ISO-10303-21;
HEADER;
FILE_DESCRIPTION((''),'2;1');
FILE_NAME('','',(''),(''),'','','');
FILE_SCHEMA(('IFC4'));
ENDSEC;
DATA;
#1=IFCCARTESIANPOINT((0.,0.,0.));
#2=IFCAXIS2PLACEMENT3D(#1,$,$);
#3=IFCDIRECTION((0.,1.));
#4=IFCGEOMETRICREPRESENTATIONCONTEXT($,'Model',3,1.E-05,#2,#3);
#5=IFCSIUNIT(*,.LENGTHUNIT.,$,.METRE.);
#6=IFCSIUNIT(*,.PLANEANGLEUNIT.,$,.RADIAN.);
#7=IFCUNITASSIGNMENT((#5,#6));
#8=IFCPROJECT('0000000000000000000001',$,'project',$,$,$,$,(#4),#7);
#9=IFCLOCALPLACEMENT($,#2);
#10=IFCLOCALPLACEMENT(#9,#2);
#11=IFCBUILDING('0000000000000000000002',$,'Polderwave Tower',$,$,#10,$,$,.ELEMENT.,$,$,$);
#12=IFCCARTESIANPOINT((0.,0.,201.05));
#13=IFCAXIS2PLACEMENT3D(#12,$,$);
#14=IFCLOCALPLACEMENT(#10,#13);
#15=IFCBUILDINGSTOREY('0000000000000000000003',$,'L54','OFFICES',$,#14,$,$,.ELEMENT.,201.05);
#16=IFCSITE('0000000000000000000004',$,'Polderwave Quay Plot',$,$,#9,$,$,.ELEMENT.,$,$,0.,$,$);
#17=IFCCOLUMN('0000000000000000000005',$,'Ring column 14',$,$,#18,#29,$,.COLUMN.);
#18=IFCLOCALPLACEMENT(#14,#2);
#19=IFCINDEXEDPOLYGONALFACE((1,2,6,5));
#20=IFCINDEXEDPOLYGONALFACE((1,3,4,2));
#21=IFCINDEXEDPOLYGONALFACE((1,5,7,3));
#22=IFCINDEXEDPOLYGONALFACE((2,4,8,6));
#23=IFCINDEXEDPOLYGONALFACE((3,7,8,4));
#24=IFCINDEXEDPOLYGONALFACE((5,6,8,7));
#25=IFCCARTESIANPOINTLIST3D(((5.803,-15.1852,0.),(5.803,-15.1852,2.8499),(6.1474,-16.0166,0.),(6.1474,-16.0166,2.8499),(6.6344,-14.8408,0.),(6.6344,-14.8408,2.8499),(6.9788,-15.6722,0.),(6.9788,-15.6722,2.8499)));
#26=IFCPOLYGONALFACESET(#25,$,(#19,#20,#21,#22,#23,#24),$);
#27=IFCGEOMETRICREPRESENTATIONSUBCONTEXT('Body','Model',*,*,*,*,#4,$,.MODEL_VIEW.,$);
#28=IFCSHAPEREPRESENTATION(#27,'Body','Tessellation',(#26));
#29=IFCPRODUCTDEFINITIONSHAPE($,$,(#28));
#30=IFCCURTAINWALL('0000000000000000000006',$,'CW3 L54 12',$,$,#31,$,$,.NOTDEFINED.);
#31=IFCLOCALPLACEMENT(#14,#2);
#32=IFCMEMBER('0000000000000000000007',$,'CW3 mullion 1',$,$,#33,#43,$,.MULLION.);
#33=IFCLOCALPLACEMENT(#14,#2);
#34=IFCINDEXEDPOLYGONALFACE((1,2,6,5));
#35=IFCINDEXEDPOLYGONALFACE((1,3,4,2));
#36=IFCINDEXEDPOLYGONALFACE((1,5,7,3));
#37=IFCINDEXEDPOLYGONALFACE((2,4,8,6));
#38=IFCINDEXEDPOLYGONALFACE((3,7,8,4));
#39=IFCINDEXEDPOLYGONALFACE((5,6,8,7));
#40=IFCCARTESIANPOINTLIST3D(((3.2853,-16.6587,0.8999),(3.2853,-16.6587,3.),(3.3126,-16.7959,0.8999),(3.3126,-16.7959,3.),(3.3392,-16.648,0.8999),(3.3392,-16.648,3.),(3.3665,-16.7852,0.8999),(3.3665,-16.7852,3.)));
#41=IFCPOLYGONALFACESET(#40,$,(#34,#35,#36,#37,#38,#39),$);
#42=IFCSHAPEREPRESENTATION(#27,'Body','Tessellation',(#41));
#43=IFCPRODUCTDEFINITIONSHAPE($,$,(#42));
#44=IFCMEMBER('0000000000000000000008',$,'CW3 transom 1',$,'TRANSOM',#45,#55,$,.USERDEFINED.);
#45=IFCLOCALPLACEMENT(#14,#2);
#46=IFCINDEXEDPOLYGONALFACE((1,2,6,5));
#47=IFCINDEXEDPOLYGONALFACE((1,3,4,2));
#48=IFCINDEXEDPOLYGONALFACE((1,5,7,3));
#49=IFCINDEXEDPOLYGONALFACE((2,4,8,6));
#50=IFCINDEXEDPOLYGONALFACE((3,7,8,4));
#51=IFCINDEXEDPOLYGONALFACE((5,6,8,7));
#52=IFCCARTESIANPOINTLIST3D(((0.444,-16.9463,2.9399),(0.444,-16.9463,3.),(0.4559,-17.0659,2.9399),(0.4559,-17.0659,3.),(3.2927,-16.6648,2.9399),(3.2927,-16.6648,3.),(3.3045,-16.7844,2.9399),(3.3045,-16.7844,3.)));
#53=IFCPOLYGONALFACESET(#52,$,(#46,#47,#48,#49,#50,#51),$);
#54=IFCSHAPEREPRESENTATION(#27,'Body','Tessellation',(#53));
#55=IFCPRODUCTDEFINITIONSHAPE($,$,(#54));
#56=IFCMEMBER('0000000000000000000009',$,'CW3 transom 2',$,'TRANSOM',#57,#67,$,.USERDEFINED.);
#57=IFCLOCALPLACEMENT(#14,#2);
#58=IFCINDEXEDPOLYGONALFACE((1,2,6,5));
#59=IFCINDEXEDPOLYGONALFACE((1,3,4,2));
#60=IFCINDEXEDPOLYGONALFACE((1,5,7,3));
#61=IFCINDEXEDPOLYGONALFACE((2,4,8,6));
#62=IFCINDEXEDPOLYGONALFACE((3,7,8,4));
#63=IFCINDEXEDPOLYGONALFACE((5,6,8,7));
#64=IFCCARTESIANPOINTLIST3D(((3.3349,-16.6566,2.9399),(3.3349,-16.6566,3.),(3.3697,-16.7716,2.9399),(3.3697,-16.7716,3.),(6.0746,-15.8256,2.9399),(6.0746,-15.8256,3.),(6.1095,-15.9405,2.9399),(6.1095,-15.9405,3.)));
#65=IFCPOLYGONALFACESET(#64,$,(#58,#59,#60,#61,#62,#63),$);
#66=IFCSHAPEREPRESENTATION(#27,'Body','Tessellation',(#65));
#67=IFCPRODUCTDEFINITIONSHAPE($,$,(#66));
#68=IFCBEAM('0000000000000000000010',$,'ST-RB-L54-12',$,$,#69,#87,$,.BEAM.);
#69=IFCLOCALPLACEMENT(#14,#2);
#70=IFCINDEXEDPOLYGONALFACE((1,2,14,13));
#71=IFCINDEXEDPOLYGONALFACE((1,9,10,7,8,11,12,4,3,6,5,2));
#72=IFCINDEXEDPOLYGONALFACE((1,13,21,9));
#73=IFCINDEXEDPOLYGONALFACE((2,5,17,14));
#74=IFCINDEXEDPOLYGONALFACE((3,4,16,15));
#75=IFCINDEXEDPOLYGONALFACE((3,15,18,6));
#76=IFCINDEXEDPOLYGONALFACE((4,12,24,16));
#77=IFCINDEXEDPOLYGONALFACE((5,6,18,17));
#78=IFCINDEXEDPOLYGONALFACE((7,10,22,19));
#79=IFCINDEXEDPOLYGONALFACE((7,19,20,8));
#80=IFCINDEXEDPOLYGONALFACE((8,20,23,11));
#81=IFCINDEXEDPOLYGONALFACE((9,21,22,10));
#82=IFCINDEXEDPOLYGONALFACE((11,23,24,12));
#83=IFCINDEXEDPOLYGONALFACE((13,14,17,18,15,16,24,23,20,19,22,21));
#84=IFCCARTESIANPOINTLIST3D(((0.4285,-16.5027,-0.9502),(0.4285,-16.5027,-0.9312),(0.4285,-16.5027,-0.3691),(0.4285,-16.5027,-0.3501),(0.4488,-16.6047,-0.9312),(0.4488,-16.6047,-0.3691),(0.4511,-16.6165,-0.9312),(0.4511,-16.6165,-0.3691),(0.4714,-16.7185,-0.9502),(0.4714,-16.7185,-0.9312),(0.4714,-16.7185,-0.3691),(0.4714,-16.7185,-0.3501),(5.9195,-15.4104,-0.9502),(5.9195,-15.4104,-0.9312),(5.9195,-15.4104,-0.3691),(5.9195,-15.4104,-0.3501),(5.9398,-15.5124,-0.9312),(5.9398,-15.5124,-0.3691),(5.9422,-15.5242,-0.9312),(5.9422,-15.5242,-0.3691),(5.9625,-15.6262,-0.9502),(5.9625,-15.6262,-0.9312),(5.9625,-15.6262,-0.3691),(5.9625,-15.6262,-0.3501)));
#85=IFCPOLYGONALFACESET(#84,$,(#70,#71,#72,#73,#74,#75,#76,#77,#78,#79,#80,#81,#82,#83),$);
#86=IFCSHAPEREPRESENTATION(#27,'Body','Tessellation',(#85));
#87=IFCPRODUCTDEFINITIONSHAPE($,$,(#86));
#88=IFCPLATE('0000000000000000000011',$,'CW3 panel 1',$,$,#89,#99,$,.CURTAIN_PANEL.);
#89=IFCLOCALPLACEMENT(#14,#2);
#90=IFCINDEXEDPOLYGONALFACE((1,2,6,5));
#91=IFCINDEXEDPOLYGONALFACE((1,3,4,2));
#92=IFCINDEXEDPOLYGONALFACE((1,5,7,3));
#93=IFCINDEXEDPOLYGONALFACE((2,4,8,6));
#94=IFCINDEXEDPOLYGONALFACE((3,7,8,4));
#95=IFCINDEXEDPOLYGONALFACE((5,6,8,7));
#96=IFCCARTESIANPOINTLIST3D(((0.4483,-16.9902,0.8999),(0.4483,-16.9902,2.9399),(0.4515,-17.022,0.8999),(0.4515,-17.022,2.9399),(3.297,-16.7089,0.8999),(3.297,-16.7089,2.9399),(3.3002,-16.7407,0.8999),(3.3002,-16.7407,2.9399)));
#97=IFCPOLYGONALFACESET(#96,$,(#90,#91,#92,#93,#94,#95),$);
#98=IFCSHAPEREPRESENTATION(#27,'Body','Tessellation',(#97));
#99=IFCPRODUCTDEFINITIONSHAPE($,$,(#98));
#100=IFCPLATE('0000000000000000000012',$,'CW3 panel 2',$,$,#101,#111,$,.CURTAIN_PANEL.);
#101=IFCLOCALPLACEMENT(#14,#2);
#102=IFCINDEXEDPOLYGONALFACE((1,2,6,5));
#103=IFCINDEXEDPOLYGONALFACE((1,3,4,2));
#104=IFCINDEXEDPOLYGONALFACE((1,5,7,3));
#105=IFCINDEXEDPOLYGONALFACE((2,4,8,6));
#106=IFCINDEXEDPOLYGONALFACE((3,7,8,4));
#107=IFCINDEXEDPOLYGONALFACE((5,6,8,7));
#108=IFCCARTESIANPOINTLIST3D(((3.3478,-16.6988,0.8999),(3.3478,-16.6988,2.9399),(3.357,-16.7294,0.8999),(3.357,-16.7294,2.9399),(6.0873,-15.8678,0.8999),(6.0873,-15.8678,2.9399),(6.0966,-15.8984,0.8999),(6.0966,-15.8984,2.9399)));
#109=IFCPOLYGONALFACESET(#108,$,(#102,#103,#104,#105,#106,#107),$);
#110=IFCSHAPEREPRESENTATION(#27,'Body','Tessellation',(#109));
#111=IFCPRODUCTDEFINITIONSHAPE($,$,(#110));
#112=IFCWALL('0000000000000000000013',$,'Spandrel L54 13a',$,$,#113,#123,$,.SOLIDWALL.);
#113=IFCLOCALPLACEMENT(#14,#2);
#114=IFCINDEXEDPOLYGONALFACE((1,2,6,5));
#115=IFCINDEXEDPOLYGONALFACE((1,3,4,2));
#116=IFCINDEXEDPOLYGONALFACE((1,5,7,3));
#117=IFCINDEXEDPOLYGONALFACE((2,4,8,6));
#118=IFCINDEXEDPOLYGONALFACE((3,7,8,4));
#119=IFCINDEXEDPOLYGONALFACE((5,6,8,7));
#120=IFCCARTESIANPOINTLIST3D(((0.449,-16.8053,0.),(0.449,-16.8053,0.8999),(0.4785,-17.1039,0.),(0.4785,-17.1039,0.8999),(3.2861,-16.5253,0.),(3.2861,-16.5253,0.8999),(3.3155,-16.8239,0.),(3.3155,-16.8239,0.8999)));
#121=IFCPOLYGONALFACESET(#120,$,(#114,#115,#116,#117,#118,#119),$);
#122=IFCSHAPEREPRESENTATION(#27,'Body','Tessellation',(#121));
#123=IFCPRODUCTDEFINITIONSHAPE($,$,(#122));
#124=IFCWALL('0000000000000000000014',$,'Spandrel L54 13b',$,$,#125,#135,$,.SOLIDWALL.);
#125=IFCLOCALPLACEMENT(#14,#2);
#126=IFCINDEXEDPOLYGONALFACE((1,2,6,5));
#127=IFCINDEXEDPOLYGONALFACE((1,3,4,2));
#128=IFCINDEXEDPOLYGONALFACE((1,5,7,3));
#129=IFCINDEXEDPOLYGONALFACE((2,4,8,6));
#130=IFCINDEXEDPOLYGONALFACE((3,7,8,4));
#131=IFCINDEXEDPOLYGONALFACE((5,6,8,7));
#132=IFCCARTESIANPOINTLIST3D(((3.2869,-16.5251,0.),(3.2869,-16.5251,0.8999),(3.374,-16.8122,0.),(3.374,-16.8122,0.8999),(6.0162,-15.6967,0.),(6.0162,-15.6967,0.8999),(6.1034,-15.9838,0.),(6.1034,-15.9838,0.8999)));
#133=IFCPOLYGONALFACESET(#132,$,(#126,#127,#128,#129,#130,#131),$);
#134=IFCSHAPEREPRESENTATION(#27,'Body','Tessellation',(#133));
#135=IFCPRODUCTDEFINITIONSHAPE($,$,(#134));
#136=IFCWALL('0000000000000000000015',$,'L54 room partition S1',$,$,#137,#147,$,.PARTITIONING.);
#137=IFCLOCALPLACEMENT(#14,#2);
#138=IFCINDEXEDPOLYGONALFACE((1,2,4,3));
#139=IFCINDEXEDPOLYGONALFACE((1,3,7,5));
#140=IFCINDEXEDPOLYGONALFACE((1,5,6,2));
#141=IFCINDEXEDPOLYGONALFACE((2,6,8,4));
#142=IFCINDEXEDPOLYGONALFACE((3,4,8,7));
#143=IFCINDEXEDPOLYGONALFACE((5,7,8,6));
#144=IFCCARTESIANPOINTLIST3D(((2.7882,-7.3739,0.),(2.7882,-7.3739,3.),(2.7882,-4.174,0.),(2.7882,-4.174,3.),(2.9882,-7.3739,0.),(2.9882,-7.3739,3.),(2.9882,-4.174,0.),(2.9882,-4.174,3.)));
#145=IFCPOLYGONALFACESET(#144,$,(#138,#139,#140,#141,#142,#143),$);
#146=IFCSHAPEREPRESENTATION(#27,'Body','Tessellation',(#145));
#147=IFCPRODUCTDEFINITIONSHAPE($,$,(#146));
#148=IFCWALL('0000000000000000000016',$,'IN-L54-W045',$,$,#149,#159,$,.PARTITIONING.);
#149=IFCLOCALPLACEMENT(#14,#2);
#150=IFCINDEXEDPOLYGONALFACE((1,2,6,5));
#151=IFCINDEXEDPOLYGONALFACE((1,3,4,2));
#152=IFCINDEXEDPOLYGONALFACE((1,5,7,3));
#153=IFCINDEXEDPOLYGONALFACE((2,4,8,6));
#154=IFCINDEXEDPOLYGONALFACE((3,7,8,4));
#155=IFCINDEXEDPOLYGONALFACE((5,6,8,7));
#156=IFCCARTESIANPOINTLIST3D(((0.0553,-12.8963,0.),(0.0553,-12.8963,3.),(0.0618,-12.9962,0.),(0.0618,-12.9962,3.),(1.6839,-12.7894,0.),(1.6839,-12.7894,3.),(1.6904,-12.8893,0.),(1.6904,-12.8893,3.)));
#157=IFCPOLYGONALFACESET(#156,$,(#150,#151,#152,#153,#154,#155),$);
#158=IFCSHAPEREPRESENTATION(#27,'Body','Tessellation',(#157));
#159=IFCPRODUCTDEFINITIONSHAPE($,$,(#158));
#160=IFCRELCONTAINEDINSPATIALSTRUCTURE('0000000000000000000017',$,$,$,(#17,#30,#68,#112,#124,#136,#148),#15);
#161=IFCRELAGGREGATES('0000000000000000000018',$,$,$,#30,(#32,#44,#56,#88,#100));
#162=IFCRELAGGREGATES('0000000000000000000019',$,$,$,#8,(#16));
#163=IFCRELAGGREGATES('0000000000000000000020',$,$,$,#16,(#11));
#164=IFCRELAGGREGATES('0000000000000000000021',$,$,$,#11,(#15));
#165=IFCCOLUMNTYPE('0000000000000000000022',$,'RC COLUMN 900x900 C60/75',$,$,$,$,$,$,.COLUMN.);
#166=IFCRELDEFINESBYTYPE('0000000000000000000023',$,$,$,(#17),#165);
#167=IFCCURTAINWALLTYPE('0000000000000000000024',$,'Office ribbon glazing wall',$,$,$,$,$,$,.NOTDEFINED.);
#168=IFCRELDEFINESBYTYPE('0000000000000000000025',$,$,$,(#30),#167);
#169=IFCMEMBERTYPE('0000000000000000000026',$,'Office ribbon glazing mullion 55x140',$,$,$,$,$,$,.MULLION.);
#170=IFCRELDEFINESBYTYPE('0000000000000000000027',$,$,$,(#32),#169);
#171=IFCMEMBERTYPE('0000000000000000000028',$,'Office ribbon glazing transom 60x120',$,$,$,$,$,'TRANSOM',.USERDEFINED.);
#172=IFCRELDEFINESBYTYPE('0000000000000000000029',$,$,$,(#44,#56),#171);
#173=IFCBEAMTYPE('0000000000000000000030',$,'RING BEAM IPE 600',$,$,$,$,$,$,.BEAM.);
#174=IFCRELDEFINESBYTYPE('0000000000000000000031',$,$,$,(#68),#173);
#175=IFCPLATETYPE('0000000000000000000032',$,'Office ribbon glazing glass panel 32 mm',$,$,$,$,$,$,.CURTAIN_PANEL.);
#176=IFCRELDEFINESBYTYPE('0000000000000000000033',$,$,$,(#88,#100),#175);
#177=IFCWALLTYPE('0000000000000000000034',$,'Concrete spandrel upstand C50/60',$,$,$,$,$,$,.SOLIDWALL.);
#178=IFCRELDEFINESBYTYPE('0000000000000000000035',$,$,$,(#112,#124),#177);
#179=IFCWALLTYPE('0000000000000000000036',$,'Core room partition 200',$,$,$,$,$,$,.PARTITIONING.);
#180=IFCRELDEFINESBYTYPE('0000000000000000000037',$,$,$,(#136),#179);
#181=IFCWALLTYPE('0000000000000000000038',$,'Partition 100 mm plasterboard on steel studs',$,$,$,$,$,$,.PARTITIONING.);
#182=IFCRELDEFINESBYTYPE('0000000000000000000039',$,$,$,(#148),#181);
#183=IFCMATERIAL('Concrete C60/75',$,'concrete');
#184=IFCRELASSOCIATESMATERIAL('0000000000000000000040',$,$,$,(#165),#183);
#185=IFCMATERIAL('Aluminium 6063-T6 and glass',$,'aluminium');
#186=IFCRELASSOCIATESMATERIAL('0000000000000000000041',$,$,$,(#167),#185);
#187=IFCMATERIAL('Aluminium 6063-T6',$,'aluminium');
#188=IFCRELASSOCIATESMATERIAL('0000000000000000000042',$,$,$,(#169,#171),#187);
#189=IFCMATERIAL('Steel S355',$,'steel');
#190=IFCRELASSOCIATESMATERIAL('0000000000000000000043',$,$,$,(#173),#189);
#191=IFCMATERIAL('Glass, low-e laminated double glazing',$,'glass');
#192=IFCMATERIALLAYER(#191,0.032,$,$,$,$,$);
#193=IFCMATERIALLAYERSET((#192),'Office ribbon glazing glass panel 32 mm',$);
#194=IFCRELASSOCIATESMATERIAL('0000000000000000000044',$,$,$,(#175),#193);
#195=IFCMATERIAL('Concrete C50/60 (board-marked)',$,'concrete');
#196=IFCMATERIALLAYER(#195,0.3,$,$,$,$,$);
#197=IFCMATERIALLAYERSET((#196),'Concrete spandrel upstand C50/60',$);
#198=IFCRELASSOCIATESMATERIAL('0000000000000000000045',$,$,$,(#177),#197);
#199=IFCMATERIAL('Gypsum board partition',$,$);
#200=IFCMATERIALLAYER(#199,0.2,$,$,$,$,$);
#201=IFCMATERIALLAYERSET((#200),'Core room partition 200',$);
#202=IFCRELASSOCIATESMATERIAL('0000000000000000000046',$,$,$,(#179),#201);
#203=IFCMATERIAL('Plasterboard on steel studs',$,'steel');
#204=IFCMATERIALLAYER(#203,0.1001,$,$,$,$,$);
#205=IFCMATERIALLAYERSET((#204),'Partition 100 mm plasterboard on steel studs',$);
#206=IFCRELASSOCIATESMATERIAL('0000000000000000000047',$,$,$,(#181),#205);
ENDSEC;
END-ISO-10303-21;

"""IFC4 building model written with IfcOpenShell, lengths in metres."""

from ifc_helpers import new_model, si_unit, direction, frame, frame_2d, origin, origin_2d, place, context, subcontext, project, spatial, rectangle, i_section, extrude, material, layer, layer_set, material_profile, profile_set, type_object, element, aggregate, save


model = new_model("IFC4")

# Units and contexts
model_context = context("Model", 3, precision=1e-05, world=origin(), true_north=direction((0.0, 1.0)))
body_context = subcontext(model_context, "Body", "Model", "MODEL_VIEW")
ifc_project = project(units=[si_unit("LENGTHUNIT", "METRE"), si_unit("PLANEANGLEUNIT", "RADIAN")], contexts=[model_context])

# Site, building, storey
site_placement = place(None, origin())
site = spatial("IfcSite", under=ifc_project, at=site_placement, Name="Polderwave Quay Plot", CompositionType="ELEMENT", RefElevation=0.0)
building_placement = place(site_placement, origin())
building = spatial("IfcBuilding", under=site, at=building_placement, Name="Polderwave Tower", CompositionType="ELEMENT")
storey_placement = place(building_placement, frame((0.0, 0.0, 201.05)))
storey = spatial("IfcBuildingStorey", under=building, at=storey_placement, Name="L54", Description="OFFICES", CompositionType="ELEMENT", Elevation=201.05)

# Column
ifc_material_1 = material(Name="Concrete C60/75", Category="concrete")
ifc_material_profile_1 = material_profile(ifc_material_1, rectangle(XDim=0.8999, YDim=0.8999, at=origin_2d()), Name="RC 900x900")
ifc_profile_set_1 = profile_set([ifc_material_profile_1], Name="Concrete C60/75")
column_type = type_object("IfcColumnType", Name="RC COLUMN 900x900 C60/75", PredefinedType="COLUMN", material=ifc_profile_set_1)
column_placement = place(storey_placement, frame((6.3909, -15.4287, 0.0), z_axis=(0.0, 0.0, 1.0), x_axis=(0.382683, -0.92388, 0.0)))
element("IfcColumn", 1, at=column_placement, inside=storey, type_object=column_type, Name="Ring column 14", PredefinedType="COLUMN", context=body_context, shape_type="SweptSolid", body=[
    extrude(rectangle(XDim=0.8999, YDim=0.8999, at=origin_2d()), origin(), (0.0, 0.0, 1.0), 2.8499),
])

# Curtain wall, members
ifc_material_2 = material(Name="Aluminium 6063-T6 and glass", Category="aluminium")
curtain_wall_type = type_object("IfcCurtainWallType", Name="Office ribbon glazing wall", PredefinedType="NOTDEFINED", material=ifc_material_2)
curtain_wall_placement = place(storey_placement, origin())
curtain_wall = element("IfcCurtainWall", 2, at=curtain_wall_placement, inside=storey, type_object=curtain_wall_type, Name="CW3 L54 12", PredefinedType="NOTDEFINED")
ifc_material_3 = material(Name="Aluminium 6063-T6", Category="aluminium")
ifc_material_profile_2 = material_profile(ifc_material_3, rectangle(XDim=0.1399, YDim=0.0549, at=origin_2d()), Name="AL 55x140")
ifc_profile_set_2 = profile_set([ifc_material_profile_2], Name="Aluminium 6063-T6")
member_type_1 = type_object("IfcMemberType", Name="Office ribbon glazing mullion 55x140", PredefinedType="MULLION", material=ifc_profile_set_2)
member_1_placement = place(storey_placement, frame((3.3259, -16.7219, 0.8999), z_axis=(0.0, 0.0, 1.0), x_axis=(-0.195205, 0.980762, 0.0)))
member_1 = element("IfcMember", 3, at=member_1_placement, type_object=member_type_1, Name="CW3 mullion 1", PredefinedType="MULLION", context=body_context, shape_type="SweptSolid", body=[
    extrude(rectangle(XDim=0.1399, YDim=0.0549, at=origin_2d()), origin(), (0.0, 0.0, 1.0), 2.1001),
])
ifc_material_profile_3 = material_profile(ifc_material_3, rectangle(XDim=0.1201, YDim=0.0601, at=origin_2d()), Name="AL 60x120")
ifc_profile_set_3 = profile_set([ifc_material_profile_3], Name="Aluminium 6063-T6")
member_type_2 = type_object("IfcMemberType", Name="Office ribbon glazing transom 60x120", ElementType="TRANSOM", PredefinedType="USERDEFINED", material=ifc_profile_set_3)
member_2_placement = place(storey_placement, frame((0.45, -17.0061, 2.97), z_axis=(0.995153, 0.098338, 0.0), x_axis=(-0.098338, 0.995153, 0.0)))
member_2 = element("IfcMember", 4, at=member_2_placement, type_object=member_type_2, Name="CW3 transom 1", ObjectType="TRANSOM", PredefinedType="USERDEFINED", context=body_context, shape_type="SweptSolid", body=[
    extrude(rectangle(XDim=0.1201, YDim=0.0601, at=origin_2d()), origin(), (0.0, 0.0, 1.0), 2.8625),
])
member_3_placement = place(storey_placement, frame((3.3523, -16.7141, 2.97), z_axis=(0.956944, 0.290272, 0.0), x_axis=(-0.290272, 0.956944, 0.0)))
member_3 = element("IfcMember", 5, at=member_3_placement, type_object=member_type_2, Name="CW3 transom 2", ObjectType="TRANSOM", PredefinedType="USERDEFINED", context=body_context, shape_type="SweptSolid", body=[
    extrude(rectangle(XDim=0.1201, YDim=0.0601, at=origin_2d()), origin(), (0.0, 0.0, 1.0), 2.863),
])

# Beam
ifc_material_4 = material(Name="Steel S355", Category="steel")
ifc_material_profile_4 = material_profile(ifc_material_4, i_section(OverallWidth=0.22, OverallDepth=0.6001, WebThickness=0.012, FlangeThickness=0.019, at=origin_2d()), Name="IPE 600")
ifc_profile_set_4 = profile_set([ifc_material_profile_4], Name="Steel S355")
beam_type = type_object("IfcBeamType", Name="RING BEAM IPE 600", PredefinedType="BEAM", material=ifc_profile_set_4)
beam_placement = place(storey_placement, frame((0.45, -16.6106, -0.6501), z_axis=(0.980783, 0.195101, 0.0), x_axis=(-0.195101, 0.980783, 0.0)))
element("IfcBeam", 6, at=beam_placement, inside=storey, type_object=beam_type, Name="ST-RB-L54-12", PredefinedType="BEAM", context=body_context, shape_type="SweptSolid", body=[
    extrude(i_section(OverallWidth=0.22, OverallDepth=0.6001, WebThickness=0.012, FlangeThickness=0.019, at=origin_2d()), origin(), (0.0, 0.0, 1.0), 5.5986),
])

# Plates
ifc_material_5 = material(Name="Glass, low-e laminated double glazing", Category="glass")
ifc_layer_1 = layer(ifc_material_5, 0.032)
ifc_layer_set_1 = layer_set([ifc_layer_1], Name="Office ribbon glazing glass panel 32 mm")
plate_type = type_object("IfcPlateType", Name="Office ribbon glazing glass panel 32 mm", PredefinedType="CURTAIN_PANEL", material=ifc_layer_set_1)
plate_1_placement = place(storey_placement, frame((1.8743, -16.8655, 0.8999), z_axis=(0.0, 0.0, 1.0), x_axis=(0.99516, 0.098271, 0.0)))
plate_1 = element("IfcPlate", 7, at=plate_1_placement, type_object=plate_type, Name="CW3 panel 1", PredefinedType="CURTAIN_PANEL", context=body_context, shape_type="SweptSolid", body=[
    extrude(rectangle(XDim=2.8625, YDim=0.032, at=origin_2d()), origin(), (0.0, 0.0, 1.0), 2.04),
])
plate_2_placement = place(storey_placement, frame((4.7222, -16.2986, 0.8999), z_axis=(0.0, 0.0, 1.0), x_axis=(0.956946, 0.290266, 0.0)))
plate_2 = element("IfcPlate", 8, at=plate_2_placement, type_object=plate_type, Name="CW3 panel 2", PredefinedType="CURTAIN_PANEL", context=body_context, shape_type="SweptSolid", body=[
    extrude(rectangle(XDim=2.8628, YDim=0.032, at=origin_2d()), origin(), (0.0, 0.0, 1.0), 2.04),
])
aggregate(curtain_wall, [member_1, member_2, member_3, plate_1, plate_2])

# Walls
ifc_material_6 = material(Name="Concrete C50/60 (board-marked)", Category="concrete")
ifc_layer_2 = layer(ifc_material_6, 0.3)
ifc_layer_set_2 = layer_set([ifc_layer_2], Name="Concrete spandrel upstand C50/60")
wall_type_1 = type_object("IfcWallType", Name="Concrete spandrel upstand C50/60", PredefinedType="SOLIDWALL", material=ifc_layer_set_2)
wall_1_placement = place(storey_placement, frame((0.4639, -16.9546, 0.0), z_axis=(0.0, 0.0, 1.0), x_axis=(0.995164, 0.098223, 0.0)))
element("IfcWall", 9, at=wall_1_placement, inside=storey, type_object=wall_type_1, Name="Spandrel L54 13a", PredefinedType="SOLIDWALL", context=body_context, shape_type="SweptSolid", body=[
    extrude(rectangle(XDim=2.8508, YDim=0.3, at=frame_2d((1.4253, 0.0))), origin(), (0.0, 0.0, 1.0), 0.8999),
])
wall_2_placement = place(storey_placement, frame((3.3303, -16.6687, 0.0), z_axis=(0.0, 0.0, 1.0), x_axis=(0.956895, 0.290433, 0.0)))
element("IfcWall", 10, at=wall_2_placement, inside=storey, type_object=wall_type_1, Name="Spandrel L54 13b", PredefinedType="SOLIDWALL", context=body_context, shape_type="SweptSolid", body=[
    extrude(rectangle(XDim=2.8523, YDim=0.3, at=frame_2d((1.4263, 0.0))), origin(), (0.0, 0.0, 1.0), 0.8999),
])
ifc_material_7 = material(Name="Gypsum board partition")
ifc_layer_3 = layer(ifc_material_7, 0.2)
ifc_layer_set_3 = layer_set([ifc_layer_3], Name="Core room partition 200")
wall_type_2 = type_object("IfcWallType", Name="Core room partition 200", PredefinedType="PARTITIONING", material=ifc_layer_set_3)
wall_3_placement = place(storey_placement, frame((2.8882, -7.374, 0.0), z_axis=(0.0, 0.0, 1.0), x_axis=(0.0, 1.0, 0.0)))
element("IfcWall", 11, at=wall_3_placement, inside=storey, type_object=wall_type_2, Name="L54 room partition S1", PredefinedType="PARTITIONING", context=body_context, shape_type="SweptSolid", body=[
    extrude(rectangle(XDim=3.2, YDim=0.2, at=frame_2d((1.6001, 0.0))), origin(), (0.0, 0.0, 1.0), 3.0),
])
ifc_material_8 = material(Name="Plasterboard on steel studs", Category="steel")
ifc_layer_4 = layer(ifc_material_8, 0.1001)
ifc_layer_set_4 = layer_set([ifc_layer_4], Name="Partition 100 mm plasterboard on steel studs")
wall_type_3 = type_object("IfcWallType", Name="Partition 100 mm plasterboard on steel studs", PredefinedType="PARTITIONING", material=ifc_layer_set_4)
wall_4_placement = place(storey_placement, frame((1.687, -12.8394, 0.0), z_axis=(0.0, 0.0, 1.0), x_axis=(-0.997852, -0.065516, 0.0)))
element("IfcWall", 12, at=wall_4_placement, inside=storey, type_object=wall_type_3, Name="IN-L54-W045", PredefinedType="PARTITIONING", context=body_context, shape_type="SweptSolid", body=[
    extrude(rectangle(XDim=1.6321, YDim=0.1001, at=frame_2d((0.8159, 0.0))), origin(), (0.0, 0.0, 1.0), 3.0),
])

save(model, "model.ifc")
